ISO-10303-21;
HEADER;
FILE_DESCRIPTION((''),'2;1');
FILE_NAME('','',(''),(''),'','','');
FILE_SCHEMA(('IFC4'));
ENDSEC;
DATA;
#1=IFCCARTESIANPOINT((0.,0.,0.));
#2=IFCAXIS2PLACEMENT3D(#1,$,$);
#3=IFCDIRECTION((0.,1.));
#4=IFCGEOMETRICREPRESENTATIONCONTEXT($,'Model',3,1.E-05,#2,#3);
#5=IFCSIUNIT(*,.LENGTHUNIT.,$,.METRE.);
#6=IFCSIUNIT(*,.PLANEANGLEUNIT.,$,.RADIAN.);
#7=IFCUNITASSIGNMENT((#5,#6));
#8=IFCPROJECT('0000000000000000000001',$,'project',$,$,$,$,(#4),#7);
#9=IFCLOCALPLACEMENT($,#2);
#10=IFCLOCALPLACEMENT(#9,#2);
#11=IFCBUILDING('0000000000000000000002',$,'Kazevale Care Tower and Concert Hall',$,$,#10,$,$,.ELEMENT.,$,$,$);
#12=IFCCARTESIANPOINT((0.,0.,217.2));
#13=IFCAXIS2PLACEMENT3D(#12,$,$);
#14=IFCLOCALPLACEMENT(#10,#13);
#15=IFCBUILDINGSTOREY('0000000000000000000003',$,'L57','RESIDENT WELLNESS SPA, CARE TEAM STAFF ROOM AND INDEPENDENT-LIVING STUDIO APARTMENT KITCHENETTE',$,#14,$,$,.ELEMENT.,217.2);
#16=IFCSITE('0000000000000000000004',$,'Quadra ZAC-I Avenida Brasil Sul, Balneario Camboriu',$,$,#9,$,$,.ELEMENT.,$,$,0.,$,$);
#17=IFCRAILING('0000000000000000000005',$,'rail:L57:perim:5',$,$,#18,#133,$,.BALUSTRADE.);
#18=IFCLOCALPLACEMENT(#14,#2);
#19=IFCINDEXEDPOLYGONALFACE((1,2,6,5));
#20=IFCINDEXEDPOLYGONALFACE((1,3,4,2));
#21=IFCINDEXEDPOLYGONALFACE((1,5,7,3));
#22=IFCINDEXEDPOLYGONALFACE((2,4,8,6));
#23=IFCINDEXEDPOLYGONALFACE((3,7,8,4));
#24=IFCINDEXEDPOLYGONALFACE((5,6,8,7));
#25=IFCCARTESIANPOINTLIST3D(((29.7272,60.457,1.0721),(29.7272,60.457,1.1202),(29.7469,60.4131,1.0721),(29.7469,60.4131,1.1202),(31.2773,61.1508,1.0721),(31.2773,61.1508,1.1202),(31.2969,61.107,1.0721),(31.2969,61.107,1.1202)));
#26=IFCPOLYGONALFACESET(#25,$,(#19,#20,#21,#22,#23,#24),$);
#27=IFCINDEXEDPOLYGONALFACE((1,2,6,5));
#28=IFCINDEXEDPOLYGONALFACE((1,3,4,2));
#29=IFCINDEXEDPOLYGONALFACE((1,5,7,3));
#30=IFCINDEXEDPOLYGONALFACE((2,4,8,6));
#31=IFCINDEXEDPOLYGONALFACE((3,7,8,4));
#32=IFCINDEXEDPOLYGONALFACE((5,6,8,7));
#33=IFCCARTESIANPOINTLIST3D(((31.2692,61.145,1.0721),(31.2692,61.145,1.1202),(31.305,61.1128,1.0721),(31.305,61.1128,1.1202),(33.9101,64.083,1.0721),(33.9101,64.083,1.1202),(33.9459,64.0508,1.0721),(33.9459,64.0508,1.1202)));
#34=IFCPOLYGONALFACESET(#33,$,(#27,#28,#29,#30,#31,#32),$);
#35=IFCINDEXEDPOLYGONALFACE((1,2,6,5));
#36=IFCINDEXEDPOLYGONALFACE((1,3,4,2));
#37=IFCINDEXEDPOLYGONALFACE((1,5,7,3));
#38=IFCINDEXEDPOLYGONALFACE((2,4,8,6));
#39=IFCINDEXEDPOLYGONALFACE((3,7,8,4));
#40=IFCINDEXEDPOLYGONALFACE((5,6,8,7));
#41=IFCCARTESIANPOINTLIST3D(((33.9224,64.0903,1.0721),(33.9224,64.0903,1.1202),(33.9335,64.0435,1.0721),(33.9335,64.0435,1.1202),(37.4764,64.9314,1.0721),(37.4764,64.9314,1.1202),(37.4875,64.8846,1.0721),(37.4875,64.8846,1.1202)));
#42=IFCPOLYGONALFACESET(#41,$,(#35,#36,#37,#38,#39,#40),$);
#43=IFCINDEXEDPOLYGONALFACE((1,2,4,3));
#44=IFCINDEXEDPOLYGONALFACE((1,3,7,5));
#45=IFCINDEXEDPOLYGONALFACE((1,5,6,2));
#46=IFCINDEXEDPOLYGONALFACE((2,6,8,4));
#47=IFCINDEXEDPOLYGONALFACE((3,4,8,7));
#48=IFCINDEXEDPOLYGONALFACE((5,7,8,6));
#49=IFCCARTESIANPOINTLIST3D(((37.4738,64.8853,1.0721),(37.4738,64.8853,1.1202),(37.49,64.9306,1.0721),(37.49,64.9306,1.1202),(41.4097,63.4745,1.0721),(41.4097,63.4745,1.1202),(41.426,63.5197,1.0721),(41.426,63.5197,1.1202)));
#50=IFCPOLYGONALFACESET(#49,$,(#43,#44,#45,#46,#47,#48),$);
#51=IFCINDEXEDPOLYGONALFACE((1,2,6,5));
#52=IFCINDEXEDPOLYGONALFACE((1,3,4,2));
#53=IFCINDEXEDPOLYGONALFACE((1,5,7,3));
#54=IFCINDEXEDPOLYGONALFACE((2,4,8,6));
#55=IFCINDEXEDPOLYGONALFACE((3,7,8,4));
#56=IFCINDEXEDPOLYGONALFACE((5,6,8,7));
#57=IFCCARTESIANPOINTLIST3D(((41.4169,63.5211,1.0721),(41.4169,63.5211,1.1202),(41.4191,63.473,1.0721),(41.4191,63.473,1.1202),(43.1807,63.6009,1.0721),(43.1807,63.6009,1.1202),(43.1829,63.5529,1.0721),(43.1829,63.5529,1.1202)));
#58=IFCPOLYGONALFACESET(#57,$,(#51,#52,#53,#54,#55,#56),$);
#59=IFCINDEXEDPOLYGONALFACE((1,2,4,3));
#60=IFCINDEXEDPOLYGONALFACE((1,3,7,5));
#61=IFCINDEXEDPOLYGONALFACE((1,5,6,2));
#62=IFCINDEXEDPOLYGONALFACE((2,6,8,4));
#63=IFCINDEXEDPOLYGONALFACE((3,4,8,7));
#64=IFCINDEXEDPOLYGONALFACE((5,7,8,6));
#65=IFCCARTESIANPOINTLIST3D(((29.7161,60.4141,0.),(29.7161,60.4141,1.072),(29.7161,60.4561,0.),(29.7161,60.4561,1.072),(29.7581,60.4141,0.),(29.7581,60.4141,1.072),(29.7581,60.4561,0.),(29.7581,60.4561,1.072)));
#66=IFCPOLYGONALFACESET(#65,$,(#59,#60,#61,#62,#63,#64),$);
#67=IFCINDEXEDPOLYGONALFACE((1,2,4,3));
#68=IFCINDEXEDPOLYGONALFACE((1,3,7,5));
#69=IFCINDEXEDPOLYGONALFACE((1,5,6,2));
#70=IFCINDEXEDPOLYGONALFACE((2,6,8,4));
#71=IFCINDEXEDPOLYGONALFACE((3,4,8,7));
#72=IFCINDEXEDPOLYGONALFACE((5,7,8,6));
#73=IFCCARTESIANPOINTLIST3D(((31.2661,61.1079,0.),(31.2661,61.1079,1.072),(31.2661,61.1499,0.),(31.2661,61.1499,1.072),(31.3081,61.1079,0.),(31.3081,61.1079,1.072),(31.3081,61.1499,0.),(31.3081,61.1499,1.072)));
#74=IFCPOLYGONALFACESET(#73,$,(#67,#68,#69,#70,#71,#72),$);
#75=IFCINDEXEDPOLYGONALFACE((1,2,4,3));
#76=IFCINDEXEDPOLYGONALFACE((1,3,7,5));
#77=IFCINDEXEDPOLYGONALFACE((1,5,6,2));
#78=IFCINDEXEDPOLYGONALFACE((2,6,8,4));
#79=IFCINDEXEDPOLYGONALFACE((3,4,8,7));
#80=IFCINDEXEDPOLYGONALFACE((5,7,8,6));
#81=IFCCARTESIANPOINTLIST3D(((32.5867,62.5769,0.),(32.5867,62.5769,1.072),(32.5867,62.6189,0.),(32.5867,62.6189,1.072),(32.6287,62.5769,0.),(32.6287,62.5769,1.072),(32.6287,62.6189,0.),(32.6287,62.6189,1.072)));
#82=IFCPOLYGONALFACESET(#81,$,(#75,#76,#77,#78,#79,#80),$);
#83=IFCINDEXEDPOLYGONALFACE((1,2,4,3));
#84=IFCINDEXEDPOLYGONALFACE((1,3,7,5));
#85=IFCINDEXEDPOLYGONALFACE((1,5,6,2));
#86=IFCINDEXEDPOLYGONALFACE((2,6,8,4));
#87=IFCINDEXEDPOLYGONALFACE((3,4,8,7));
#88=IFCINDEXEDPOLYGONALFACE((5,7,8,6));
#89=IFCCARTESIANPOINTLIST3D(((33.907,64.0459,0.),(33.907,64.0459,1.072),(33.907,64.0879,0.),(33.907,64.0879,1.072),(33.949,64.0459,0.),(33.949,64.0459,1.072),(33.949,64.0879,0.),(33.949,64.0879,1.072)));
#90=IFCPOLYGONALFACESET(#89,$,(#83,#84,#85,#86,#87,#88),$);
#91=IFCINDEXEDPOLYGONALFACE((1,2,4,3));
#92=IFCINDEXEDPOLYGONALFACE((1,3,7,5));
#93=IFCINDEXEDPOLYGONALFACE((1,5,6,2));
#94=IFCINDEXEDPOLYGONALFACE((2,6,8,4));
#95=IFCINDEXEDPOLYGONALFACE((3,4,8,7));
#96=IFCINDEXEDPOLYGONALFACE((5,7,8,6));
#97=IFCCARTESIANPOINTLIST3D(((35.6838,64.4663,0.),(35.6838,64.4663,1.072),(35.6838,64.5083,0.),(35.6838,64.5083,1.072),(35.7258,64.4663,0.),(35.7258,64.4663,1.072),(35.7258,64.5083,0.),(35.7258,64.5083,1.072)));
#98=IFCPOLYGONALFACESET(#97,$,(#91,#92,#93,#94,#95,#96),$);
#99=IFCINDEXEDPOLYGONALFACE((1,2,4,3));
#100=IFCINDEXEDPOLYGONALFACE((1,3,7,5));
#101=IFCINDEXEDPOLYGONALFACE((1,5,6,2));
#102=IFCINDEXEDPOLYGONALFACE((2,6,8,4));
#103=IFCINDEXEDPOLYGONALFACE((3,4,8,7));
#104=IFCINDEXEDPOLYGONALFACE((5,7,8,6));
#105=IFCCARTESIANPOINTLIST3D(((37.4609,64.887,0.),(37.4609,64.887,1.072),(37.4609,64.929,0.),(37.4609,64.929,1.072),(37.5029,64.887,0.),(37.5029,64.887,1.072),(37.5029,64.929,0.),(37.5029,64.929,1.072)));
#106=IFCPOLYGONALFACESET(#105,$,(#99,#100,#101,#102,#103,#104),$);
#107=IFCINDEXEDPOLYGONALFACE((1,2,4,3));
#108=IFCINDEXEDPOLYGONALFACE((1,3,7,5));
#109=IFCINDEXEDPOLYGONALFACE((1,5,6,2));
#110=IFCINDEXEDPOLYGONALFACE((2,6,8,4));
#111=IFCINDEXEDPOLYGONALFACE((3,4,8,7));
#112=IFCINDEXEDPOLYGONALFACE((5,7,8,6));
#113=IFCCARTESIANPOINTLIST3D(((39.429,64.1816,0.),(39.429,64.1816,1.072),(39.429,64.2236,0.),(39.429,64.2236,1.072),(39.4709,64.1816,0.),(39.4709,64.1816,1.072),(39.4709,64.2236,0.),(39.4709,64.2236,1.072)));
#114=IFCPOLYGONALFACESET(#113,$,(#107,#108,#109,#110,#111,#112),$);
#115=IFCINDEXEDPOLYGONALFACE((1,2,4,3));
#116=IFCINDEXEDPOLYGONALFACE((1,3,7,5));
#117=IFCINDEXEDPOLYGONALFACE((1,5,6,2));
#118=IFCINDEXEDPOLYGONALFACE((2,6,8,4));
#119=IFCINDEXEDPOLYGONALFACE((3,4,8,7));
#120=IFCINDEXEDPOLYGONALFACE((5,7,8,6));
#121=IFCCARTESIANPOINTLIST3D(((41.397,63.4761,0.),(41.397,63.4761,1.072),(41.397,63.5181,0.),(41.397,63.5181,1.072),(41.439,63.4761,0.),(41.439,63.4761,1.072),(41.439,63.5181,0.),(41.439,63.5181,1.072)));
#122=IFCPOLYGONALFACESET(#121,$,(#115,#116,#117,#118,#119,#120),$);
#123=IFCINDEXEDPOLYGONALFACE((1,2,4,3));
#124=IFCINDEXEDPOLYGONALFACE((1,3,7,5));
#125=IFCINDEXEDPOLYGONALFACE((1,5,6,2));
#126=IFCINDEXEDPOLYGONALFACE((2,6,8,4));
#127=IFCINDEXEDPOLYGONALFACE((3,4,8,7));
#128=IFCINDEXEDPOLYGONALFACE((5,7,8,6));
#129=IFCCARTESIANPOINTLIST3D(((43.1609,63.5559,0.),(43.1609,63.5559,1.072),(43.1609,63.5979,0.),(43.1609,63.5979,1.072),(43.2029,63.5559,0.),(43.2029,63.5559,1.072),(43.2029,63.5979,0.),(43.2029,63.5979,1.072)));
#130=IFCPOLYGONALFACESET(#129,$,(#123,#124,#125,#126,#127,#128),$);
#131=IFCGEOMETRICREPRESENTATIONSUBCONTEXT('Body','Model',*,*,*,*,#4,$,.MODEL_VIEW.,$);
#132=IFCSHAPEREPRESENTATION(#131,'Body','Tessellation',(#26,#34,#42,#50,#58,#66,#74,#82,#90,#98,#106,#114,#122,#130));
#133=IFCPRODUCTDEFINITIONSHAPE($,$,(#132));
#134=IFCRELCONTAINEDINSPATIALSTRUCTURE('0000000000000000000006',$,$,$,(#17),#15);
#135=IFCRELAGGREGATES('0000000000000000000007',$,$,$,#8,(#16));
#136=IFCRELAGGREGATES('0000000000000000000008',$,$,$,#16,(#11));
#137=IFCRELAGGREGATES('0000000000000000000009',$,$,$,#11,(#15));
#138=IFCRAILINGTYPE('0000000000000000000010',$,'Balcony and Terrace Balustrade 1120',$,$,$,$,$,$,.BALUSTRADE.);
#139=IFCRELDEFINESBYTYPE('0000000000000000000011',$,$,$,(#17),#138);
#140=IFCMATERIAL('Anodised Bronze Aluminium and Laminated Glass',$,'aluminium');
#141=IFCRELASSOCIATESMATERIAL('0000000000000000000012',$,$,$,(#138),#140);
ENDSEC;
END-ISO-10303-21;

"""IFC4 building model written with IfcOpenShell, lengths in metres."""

from ifc_helpers import new_model, si_unit, direction, frame, origin, origin_2d, place, context, subcontext, project, spatial, rectangle, extrude, material, type_object, element, save


model = new_model("IFC4")

# Units and contexts
model_context = context("Model", 3, precision=1e-05, world=origin(), true_north=direction((0.0, 1.0)))
body_context = subcontext(model_context, "Body", "Model", "MODEL_VIEW")
ifc_project = project(units=[si_unit("LENGTHUNIT", "METRE"), si_unit("PLANEANGLEUNIT", "RADIAN")], contexts=[model_context])

# Site, building, storey
site_placement = place(None, origin())
site = spatial("IfcSite", under=ifc_project, at=site_placement, Name="Quadra ZAC-I Avenida Brasil Sul, Balneario Camboriu", CompositionType="ELEMENT", RefElevation=0.0)
building_placement = place(site_placement, origin())
building = spatial("IfcBuilding", under=site, at=building_placement, Name="Kazevale Care Tower and Concert Hall", CompositionType="ELEMENT")
storey_placement = place(building_placement, frame((0.0, 0.0, 217.2)))
storey = spatial("IfcBuildingStorey", under=building, at=storey_placement, Name="L57", Description="RESIDENT WELLNESS SPA, CARE TEAM STAFF ROOM AND INDEPENDENT-LIVING STUDIO APARTMENT KITCHENETTE", CompositionType="ELEMENT", Elevation=217.2)

# Railing
ifc_material_1 = material(Name="Anodised Bronze Aluminium and Laminated Glass", Category="aluminium")
railing_type = type_object("IfcRailingType", Name="Balcony and Terrace Balustrade 1120", PredefinedType="BALUSTRADE", material=ifc_material_1)
railing_1_placement = place(storey_placement, frame((29.7371, 60.4351, 0.0)))
element("IfcRailing", 1, at=railing_1_placement, inside=storey, type_object=railing_type, Name="rail:L57:perim:5", PredefinedType="BALUSTRADE", context=body_context, shape_type="SweptSolid", body=[
    extrude(rectangle(XDim=0.0481, YDim=0.0481, at=origin_2d()), frame((0.0, 0.0, 1.0962), z_axis=(0.912729, 0.408565, 0.0), x_axis=(-0.408565, 0.912729, 0.0)), (0.0, 0.0, 1.0), 1.6982),
    extrude(rectangle(XDim=0.0481, YDim=0.0481, at=origin_2d()), frame((1.55, 0.6938, 1.0962), z_axis=(0.6685, 0.743712, 0.0), x_axis=(-0.743712, 0.6685, 0.0)), (0.0, 0.0, 1.0), 3.9504),
    extrude(rectangle(XDim=0.0481, YDim=0.0481, at=origin_2d()), frame((4.1909, 3.6318, 1.0962), z_axis=(0.973121, 0.230295, 0.0), x_axis=(-0.230295, 0.973121, 0.0)), (0.0, 0.0, 1.0), 3.6521),
    extrude(rectangle(XDim=0.0481, YDim=0.0481, at=origin_2d()), frame((7.7449, 4.4729, 1.0962), z_axis=(0.94135, -0.337431, 0.0), x_axis=(0.337431, 0.94135, 0.0)), (0.0, 0.0, 1.0), 4.1812),
    extrude(rectangle(XDim=0.0481, YDim=0.0481, at=origin_2d()), frame((11.6809, 3.062, 1.0962), z_axis=(0.998977, 0.045213, 0.0), x_axis=(-0.045213, 0.998977, 0.0)), (0.0, 0.0, 1.0), 1.7656),
    extrude(rectangle(XDim=0.042, YDim=0.042, at=origin_2d()), origin(), (0.0, 0.0, 1.0), 1.072),
    extrude(rectangle(XDim=0.042, YDim=0.042, at=origin_2d()), frame((1.55, 0.6938, 0.0)), (0.0, 0.0, 1.0), 1.072),
    extrude(rectangle(XDim=0.042, YDim=0.042, at=origin_2d()), frame((2.8706, 2.1628, 0.0)), (0.0, 0.0, 1.0), 1.072),
    extrude(rectangle(XDim=0.042, YDim=0.042, at=origin_2d()), frame((4.1909, 3.6318, 0.0)), (0.0, 0.0, 1.0), 1.072),
    extrude(rectangle(XDim=0.042, YDim=0.042, at=origin_2d()), frame((5.9678, 4.0522, 0.0)), (0.0, 0.0, 1.0), 1.072),
    extrude(rectangle(XDim=0.042, YDim=0.042, at=origin_2d()), frame((7.7449, 4.4729, 0.0)), (0.0, 0.0, 1.0), 1.072),
    extrude(rectangle(XDim=0.042, YDim=0.042, at=origin_2d()), frame((9.7129, 3.7676, 0.0)), (0.0, 0.0, 1.0), 1.072),
    extrude(rectangle(XDim=0.042, YDim=0.042, at=origin_2d()), frame((11.6809, 3.062, 0.0)), (0.0, 0.0, 1.0), 1.072),
    extrude(rectangle(XDim=0.042, YDim=0.042, at=origin_2d()), frame((13.4448, 3.1418, 0.0)), (0.0, 0.0, 1.0), 1.072),
])

save(model, "model.ifc")
